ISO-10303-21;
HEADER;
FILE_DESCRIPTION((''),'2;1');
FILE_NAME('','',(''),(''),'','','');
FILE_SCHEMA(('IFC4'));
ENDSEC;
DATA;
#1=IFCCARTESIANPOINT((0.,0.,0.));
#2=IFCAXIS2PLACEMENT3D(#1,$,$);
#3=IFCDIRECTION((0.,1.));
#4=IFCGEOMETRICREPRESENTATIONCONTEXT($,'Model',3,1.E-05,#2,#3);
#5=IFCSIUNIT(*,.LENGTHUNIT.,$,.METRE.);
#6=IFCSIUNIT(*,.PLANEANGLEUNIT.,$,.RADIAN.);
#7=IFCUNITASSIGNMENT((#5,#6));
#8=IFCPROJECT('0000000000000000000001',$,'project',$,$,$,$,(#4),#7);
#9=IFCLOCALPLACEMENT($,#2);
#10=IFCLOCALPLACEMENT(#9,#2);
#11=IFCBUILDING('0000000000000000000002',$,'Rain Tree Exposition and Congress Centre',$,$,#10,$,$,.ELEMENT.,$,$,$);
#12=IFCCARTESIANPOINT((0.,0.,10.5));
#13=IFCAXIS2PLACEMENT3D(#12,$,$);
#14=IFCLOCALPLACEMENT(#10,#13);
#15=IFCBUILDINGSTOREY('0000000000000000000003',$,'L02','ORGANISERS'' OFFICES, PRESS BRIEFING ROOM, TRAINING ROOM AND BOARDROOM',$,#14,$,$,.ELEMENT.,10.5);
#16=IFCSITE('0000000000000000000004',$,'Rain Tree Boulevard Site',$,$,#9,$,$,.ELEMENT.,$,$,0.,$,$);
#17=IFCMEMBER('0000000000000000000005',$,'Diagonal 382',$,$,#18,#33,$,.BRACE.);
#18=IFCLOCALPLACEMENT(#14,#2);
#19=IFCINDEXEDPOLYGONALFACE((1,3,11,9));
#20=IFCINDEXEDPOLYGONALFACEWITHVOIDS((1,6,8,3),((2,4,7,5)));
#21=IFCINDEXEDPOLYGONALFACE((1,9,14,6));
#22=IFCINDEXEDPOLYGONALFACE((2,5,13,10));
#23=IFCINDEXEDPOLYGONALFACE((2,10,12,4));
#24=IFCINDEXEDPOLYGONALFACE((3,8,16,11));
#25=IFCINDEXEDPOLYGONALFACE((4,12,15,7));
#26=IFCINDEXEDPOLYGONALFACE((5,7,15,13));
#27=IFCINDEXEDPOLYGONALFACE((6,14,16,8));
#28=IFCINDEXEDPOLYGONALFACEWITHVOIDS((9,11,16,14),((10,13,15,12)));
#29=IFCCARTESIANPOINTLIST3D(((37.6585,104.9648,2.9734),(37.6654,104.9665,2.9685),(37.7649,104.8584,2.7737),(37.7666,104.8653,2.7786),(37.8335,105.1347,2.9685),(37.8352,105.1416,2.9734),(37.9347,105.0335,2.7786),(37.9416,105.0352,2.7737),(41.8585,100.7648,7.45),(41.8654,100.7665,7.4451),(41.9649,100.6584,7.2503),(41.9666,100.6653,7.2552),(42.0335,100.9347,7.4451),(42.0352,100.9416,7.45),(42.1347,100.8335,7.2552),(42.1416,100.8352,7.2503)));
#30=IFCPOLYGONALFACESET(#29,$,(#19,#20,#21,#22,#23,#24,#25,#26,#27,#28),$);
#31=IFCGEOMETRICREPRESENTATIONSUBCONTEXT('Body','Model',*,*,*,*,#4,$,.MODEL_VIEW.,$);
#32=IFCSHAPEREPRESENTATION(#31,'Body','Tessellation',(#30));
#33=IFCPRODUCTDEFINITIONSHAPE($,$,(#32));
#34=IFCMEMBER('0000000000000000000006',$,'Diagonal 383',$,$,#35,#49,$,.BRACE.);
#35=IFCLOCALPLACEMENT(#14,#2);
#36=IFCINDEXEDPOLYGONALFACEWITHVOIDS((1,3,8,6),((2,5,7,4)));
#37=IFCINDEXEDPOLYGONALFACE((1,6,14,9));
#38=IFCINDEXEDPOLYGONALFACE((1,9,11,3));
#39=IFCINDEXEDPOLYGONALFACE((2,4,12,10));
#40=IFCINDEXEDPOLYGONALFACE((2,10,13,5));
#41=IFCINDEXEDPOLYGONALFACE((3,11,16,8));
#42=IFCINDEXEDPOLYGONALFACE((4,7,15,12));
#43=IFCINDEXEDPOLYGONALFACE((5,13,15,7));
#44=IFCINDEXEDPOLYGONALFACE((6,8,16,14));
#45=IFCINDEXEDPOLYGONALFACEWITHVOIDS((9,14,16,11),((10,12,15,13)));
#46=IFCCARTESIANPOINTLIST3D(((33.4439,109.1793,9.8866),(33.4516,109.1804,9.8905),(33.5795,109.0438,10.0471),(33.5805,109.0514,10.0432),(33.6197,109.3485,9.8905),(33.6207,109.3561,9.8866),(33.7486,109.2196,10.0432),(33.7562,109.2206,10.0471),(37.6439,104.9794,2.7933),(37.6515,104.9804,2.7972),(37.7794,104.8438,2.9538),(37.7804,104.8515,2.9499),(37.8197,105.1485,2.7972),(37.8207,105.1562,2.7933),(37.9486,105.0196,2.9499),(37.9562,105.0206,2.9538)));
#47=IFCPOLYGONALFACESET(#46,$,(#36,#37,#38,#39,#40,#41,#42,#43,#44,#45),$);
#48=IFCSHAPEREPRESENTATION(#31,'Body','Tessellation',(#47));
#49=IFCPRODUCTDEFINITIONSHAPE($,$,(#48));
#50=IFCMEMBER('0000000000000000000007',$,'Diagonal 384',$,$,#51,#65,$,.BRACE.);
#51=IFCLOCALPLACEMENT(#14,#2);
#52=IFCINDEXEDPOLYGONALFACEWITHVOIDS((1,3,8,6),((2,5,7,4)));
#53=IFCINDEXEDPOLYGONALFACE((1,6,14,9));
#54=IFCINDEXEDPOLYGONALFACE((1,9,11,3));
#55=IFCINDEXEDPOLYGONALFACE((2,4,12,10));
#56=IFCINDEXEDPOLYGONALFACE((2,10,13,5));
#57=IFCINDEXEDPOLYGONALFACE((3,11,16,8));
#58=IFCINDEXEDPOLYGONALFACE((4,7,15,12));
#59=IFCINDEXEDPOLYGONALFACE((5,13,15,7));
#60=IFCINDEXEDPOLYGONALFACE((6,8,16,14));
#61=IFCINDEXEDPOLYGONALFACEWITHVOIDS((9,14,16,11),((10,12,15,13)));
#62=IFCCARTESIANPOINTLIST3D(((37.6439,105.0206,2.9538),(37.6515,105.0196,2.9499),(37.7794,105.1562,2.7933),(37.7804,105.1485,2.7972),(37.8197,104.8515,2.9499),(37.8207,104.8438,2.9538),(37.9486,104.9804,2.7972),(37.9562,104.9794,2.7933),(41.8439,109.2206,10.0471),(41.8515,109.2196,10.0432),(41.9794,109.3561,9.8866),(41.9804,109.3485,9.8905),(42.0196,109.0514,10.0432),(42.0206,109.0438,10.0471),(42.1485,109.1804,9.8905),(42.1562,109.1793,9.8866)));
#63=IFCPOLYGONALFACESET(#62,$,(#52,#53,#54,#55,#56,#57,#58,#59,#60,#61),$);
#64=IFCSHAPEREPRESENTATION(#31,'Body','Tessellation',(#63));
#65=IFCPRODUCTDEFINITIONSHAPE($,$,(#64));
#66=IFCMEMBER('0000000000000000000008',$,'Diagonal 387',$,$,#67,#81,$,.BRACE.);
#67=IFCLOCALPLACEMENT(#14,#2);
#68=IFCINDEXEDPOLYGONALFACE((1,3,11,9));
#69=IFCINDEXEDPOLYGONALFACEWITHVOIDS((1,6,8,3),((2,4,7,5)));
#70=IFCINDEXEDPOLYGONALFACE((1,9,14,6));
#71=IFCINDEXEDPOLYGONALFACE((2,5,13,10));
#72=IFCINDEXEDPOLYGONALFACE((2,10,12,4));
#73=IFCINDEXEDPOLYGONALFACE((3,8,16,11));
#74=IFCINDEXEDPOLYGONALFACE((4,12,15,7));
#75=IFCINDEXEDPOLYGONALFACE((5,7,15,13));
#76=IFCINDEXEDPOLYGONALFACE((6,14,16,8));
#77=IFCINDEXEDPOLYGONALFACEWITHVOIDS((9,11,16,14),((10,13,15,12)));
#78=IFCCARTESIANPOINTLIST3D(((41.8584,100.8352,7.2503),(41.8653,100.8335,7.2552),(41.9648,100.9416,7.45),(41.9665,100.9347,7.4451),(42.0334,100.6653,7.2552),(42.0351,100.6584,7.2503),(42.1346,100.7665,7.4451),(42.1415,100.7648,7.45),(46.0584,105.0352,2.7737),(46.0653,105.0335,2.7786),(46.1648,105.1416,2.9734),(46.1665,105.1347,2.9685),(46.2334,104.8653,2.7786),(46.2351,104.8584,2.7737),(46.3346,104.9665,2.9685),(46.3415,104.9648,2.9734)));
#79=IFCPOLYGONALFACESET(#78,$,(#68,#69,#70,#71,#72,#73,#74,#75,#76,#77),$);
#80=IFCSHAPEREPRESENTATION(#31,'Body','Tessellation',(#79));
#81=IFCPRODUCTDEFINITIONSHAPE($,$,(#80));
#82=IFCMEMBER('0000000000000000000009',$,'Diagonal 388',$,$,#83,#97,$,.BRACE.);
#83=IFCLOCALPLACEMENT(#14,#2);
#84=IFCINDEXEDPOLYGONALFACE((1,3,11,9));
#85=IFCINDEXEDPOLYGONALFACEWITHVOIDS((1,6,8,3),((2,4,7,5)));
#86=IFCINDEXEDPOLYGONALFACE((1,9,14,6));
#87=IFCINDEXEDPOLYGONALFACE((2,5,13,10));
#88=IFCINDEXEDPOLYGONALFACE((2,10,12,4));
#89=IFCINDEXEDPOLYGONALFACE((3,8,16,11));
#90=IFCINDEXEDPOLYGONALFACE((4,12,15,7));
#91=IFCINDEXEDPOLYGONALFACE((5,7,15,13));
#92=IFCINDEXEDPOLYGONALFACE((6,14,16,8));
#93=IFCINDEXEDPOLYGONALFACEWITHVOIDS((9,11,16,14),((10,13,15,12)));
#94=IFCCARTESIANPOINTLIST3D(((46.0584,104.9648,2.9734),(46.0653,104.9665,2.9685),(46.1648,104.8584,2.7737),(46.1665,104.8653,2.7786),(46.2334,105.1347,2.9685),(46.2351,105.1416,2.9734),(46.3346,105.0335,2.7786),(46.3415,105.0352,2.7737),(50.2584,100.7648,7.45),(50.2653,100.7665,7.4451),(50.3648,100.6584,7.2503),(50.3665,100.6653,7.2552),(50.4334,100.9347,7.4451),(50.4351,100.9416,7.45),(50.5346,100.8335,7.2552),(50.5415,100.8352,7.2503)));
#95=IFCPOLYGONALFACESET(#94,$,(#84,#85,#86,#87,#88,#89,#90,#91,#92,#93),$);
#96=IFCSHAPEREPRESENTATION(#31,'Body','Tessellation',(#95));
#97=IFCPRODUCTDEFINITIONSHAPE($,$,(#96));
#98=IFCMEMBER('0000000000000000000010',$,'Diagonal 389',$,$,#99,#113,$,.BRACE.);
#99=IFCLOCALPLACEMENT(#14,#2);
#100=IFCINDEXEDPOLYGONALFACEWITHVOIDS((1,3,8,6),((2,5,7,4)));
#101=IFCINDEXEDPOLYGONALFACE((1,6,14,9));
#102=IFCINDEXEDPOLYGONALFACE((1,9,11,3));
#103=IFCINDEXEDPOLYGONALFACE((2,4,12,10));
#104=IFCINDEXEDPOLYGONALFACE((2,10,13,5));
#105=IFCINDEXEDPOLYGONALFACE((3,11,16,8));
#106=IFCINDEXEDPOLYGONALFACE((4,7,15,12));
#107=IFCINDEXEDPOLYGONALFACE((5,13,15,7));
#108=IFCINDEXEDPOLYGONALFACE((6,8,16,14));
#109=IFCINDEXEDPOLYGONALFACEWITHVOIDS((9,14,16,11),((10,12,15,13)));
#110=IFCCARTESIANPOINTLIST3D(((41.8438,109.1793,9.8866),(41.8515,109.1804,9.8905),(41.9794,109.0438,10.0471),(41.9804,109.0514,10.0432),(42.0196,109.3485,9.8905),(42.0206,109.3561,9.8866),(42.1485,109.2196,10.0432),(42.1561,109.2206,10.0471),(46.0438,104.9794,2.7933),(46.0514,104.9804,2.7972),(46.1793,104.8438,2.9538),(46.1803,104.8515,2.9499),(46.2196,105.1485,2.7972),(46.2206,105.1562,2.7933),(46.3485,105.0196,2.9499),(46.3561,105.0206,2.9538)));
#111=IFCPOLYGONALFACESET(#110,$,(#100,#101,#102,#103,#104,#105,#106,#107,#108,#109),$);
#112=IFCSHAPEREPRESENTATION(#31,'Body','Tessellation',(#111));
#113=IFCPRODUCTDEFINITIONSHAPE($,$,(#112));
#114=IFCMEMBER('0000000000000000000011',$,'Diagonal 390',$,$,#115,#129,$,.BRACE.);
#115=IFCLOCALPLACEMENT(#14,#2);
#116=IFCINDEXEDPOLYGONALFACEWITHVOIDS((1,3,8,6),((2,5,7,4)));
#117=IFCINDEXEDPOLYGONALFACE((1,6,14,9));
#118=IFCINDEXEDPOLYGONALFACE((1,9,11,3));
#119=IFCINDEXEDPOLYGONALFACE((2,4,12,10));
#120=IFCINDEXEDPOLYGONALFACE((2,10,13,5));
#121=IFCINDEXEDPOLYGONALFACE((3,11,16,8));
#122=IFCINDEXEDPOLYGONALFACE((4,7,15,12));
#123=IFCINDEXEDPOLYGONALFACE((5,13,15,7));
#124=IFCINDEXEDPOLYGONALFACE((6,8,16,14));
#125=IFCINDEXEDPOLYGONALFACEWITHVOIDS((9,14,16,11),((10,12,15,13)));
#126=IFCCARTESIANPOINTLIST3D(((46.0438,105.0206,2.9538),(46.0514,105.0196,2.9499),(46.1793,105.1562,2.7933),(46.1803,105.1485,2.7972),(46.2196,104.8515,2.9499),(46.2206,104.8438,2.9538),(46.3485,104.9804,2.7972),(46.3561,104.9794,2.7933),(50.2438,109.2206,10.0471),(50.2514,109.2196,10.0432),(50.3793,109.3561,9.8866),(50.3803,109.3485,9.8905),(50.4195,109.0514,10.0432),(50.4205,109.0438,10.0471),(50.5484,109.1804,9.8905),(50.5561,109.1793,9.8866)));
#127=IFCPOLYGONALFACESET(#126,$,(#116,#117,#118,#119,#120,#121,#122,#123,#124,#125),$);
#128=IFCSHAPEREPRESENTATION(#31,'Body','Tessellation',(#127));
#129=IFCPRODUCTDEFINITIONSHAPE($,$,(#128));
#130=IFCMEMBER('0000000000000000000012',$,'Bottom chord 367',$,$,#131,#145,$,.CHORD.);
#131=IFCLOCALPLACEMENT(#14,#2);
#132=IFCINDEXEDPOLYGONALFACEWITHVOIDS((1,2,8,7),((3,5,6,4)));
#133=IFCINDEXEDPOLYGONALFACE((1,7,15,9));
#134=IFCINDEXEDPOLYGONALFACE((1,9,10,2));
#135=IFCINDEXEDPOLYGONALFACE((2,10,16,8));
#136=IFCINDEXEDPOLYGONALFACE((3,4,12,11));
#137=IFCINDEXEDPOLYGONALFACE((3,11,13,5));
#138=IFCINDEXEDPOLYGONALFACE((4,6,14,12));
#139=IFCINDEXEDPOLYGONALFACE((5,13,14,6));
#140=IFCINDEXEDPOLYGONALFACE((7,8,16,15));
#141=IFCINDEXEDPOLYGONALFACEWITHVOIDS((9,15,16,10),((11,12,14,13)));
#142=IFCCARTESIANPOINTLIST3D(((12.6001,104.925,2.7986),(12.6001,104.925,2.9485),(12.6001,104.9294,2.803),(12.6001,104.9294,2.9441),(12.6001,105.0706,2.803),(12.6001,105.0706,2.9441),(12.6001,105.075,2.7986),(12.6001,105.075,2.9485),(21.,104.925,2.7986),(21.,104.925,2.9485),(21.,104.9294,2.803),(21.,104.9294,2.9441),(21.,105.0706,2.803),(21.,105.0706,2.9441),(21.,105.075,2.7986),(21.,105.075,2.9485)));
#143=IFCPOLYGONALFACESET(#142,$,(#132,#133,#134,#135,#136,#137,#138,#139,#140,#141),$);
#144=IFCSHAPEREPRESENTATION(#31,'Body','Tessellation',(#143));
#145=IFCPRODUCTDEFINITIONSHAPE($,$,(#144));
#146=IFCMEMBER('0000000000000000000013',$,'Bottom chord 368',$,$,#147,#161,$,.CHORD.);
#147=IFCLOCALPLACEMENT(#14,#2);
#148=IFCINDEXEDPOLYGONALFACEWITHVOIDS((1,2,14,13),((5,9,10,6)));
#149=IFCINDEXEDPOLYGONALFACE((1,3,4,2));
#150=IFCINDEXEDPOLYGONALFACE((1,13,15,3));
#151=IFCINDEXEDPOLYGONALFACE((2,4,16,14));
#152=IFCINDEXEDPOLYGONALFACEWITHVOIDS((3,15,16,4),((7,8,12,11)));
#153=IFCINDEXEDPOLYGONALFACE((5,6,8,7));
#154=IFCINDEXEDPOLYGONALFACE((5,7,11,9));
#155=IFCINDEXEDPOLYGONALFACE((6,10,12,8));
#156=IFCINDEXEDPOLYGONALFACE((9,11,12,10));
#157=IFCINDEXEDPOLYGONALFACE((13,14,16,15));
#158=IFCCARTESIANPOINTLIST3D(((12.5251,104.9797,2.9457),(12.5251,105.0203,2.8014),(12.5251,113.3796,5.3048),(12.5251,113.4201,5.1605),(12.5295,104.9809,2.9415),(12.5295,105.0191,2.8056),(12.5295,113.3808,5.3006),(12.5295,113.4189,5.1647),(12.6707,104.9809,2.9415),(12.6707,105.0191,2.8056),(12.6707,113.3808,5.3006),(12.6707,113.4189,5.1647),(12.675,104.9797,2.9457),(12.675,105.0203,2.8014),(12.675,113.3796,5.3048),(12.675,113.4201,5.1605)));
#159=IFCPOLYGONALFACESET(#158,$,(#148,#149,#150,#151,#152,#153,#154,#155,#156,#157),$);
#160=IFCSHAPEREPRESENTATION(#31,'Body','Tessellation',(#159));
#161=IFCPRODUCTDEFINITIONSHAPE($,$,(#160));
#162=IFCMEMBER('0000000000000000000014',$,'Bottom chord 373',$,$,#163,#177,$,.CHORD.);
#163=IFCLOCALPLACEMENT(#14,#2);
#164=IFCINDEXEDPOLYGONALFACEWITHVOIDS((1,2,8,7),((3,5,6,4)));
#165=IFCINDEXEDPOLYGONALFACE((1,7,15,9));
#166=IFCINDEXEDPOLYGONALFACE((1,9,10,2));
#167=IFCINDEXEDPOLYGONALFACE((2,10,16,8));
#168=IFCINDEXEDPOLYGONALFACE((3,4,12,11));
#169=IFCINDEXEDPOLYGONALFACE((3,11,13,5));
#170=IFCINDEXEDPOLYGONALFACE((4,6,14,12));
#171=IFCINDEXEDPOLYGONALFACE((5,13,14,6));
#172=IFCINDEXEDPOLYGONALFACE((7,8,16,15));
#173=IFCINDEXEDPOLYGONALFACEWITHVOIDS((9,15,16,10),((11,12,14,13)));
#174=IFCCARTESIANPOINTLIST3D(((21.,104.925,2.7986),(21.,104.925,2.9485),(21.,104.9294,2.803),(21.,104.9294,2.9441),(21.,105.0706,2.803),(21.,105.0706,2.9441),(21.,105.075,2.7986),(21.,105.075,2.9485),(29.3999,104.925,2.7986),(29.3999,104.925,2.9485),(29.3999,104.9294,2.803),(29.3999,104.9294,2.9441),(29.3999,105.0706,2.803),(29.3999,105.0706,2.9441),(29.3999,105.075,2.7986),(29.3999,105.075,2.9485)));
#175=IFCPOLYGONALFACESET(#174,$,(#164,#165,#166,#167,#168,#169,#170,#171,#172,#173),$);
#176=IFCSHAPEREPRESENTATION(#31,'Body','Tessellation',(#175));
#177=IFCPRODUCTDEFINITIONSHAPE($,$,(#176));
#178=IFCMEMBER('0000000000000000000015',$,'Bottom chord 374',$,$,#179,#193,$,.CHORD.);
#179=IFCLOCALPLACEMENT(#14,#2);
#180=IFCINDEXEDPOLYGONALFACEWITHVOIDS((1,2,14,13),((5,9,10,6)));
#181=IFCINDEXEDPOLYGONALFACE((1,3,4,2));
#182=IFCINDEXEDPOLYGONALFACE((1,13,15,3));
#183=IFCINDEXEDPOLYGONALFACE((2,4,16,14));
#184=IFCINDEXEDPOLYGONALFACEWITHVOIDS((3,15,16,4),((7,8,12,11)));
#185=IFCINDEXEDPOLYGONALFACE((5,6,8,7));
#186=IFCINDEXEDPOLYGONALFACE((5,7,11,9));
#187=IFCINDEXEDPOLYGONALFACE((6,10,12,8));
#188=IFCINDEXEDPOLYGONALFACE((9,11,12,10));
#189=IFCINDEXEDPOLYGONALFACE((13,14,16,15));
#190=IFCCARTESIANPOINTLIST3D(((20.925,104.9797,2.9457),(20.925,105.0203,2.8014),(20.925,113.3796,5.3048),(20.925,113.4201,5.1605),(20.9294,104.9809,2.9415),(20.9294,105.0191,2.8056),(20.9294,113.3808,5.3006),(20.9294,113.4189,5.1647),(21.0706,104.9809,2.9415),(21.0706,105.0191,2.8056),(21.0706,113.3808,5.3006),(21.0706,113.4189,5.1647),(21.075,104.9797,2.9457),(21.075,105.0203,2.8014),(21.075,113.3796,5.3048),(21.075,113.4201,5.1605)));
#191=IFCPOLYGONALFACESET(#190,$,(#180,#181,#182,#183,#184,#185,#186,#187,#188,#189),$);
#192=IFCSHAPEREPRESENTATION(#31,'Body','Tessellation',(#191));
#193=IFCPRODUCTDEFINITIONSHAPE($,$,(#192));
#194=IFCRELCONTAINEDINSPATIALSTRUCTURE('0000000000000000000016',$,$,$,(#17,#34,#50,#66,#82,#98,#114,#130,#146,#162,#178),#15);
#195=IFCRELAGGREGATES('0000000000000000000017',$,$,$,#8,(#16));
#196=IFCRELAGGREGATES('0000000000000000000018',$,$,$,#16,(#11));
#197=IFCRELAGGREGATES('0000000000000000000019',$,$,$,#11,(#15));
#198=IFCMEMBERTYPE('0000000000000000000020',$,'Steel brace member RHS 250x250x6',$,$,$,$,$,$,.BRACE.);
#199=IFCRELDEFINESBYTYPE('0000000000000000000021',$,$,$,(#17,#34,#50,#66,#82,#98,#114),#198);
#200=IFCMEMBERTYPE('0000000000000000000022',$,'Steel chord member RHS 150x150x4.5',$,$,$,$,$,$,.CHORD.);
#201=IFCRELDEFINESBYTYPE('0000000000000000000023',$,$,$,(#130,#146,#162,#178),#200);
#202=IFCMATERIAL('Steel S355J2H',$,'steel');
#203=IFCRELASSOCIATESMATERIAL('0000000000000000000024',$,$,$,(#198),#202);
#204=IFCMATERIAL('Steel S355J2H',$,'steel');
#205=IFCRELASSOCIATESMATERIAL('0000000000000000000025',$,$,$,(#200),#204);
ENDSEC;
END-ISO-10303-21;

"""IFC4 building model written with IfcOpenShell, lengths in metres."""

from ifc_helpers import new_model, si_unit, direction, frame, origin, origin_2d, place, context, subcontext, project, spatial, hollow_rectangle, extrude, material, material_profile, profile_set, type_object, element, save


model = new_model("IFC4")

# Units and contexts
model_context = context("Model", 3, precision=1e-05, world=origin(), true_north=direction((0.0, 1.0)))
body_context = subcontext(model_context, "Body", "Model", "MODEL_VIEW")
ifc_project = project(units=[si_unit("LENGTHUNIT", "METRE"), si_unit("PLANEANGLEUNIT", "RADIAN")], contexts=[model_context])

# Site, building, storey
site_placement = place(None, origin())
site = spatial("IfcSite", under=ifc_project, at=site_placement, Name="Rain Tree Boulevard Site", CompositionType="ELEMENT", RefElevation=0.0)
building_placement = place(site_placement, origin())
building = spatial("IfcBuilding", under=site, at=building_placement, Name="Rain Tree Exposition and Congress Centre", CompositionType="ELEMENT")
storey_placement = place(building_placement, frame((0.0, 0.0, 10.5)))
storey = spatial("IfcBuildingStorey", under=building, at=storey_placement, Name="L02", Description="ORGANISERS' OFFICES, PRESS BRIEFING ROOM, TRAINING ROOM AND BOARDROOM", CompositionType="ELEMENT", Elevation=10.5)

# Members
ifc_material_1 = material(Name="Steel S355J2H", Category="steel")
ifc_material_profile_1 = material_profile(ifc_material_1, hollow_rectangle(XDim=0.25, YDim=0.25, WallThickness=0.0061, at=origin_2d()), Name="RHS 250x250x6")
ifc_profile_set_1 = profile_set([ifc_material_profile_1], Name="Steel S355J2H")
member_type_1 = type_object("IfcMemberType", Name="Steel brace member RHS 250x250x6", PredefinedType="BRACE", material=ifc_profile_set_1)
for number, where, z_axis, x_axis, name in (
    (1, (37.8, 105.0, 2.8735), (0.564687, -0.564687, 0.601878), (0.707107, 0.707107, 0.0), "Diagonal 382"),
):
    element("IfcMember", number, at=place(storey_placement, frame(where, z_axis=z_axis, x_axis=x_axis)), inside=storey, type_object=member_type_1, Name=name, PredefinedType="BRACE", context=body_context, shape_type="SweptSolid", body=[
        extrude(hollow_rectangle(XDim=0.25, YDim=0.25, WallThickness=0.0061, at=origin_2d()), origin(), (0.0, 0.0, 1.0), 7.4377),
    ])
for number, where, z_axis, x_axis, name in (
    (2, (37.8, 105.0, 2.8735), (-0.453966, 0.453966, 0.7667), (-0.707107, -0.707107, 0.0), "Diagonal 383"),
    (3, (37.8, 105.0, 2.8735), (0.453966, 0.453966, 0.7667), (-0.707107, 0.707107, 0.0), "Diagonal 384"),
):
    element("IfcMember", number, at=place(storey_placement, frame(where, z_axis=z_axis, x_axis=x_axis)), inside=storey, type_object=member_type_1, Name=name, PredefinedType="BRACE", context=body_context, shape_type="SweptSolid", body=[
        extrude(hollow_rectangle(XDim=0.25, YDim=0.25, WallThickness=0.0061, at=origin_2d()), origin(), (0.0, 0.0, 1.0), 9.2517),
    ])
for number, where, z_axis, x_axis, name in (
    (4, (46.2, 105.0, 2.8735), (-0.564687, -0.564687, 0.601878), (0.707107, -0.707107, 0.0), "Diagonal 387"),
    (5, (46.2, 105.0, 2.8735), (0.564687, -0.564687, 0.601878), (0.707107, 0.707107, 0.0), "Diagonal 388"),
):
    element("IfcMember", number, at=place(storey_placement, frame(where, z_axis=z_axis, x_axis=x_axis)), inside=storey, type_object=member_type_1, Name=name, PredefinedType="BRACE", context=body_context, shape_type="SweptSolid", body=[
        extrude(hollow_rectangle(XDim=0.25, YDim=0.25, WallThickness=0.0061, at=origin_2d()), origin(), (0.0, 0.0, 1.0), 7.4377),
    ])
for number, where, z_axis, x_axis, name in (
    (6, (46.2, 105.0, 2.8735), (-0.453966, 0.453966, 0.7667), (-0.707107, -0.707107, 0.0), "Diagonal 389"),
    (7, (46.2, 105.0, 2.8735), (0.453966, 0.453966, 0.7667), (-0.707107, 0.707107, 0.0), "Diagonal 390"),
):
    element("IfcMember", number, at=place(storey_placement, frame(where, z_axis=z_axis, x_axis=x_axis)), inside=storey, type_object=member_type_1, Name=name, PredefinedType="BRACE", context=body_context, shape_type="SweptSolid", body=[
        extrude(hollow_rectangle(XDim=0.25, YDim=0.25, WallThickness=0.0061, at=origin_2d()), origin(), (0.0, 0.0, 1.0), 9.2517),
    ])
ifc_material_2 = material(Name="Steel S355J2H", Category="steel")
ifc_material_profile_2 = material_profile(ifc_material_2, hollow_rectangle(XDim=0.1499, YDim=0.1499, WallThickness=0.0044, at=origin_2d()), Name="RHS 150x150x4.5")
ifc_profile_set_2 = profile_set([ifc_material_profile_2], Name="Steel S355J2H")
member_type_2 = type_object("IfcMemberType", Name="Steel chord member RHS 150x150x4.5", PredefinedType="CHORD", material=ifc_profile_set_2)
member_1_placement = place(storey_placement, frame((12.6001, 105.0, 2.8735), z_axis=(1.0, 0.0, 0.0), x_axis=(0.0, 1.0, 0.0)))
element("IfcMember", 8, at=member_1_placement, inside=storey, type_object=member_type_2, Name="Bottom chord 367", PredefinedType="CHORD", context=body_context, shape_type="SweptSolid", body=[
    extrude(hollow_rectangle(XDim=0.1499, YDim=0.1499, WallThickness=0.0044, at=origin_2d()), origin(), (0.0, 0.0, 1.0), 8.3999),
])
member_2_placement = place(storey_placement, frame((12.6001, 105.0, 2.8735), z_axis=(0.0, 0.962751, 0.270391), x_axis=(-1.0, 0.0, 0.0)))
element("IfcMember", 9, at=member_2_placement, inside=storey, type_object=member_type_2, Name="Bottom chord 368", PredefinedType="CHORD", context=body_context, shape_type="SweptSolid", body=[
    extrude(hollow_rectangle(XDim=0.1499, YDim=0.1499, WallThickness=0.0044, at=origin_2d()), origin(), (0.0, 0.0, 1.0), 8.7249),
])
member_3_placement = place(storey_placement, frame((21.0, 105.0, 2.8735), z_axis=(1.0, 0.0, 0.0), x_axis=(0.0, 1.0, 0.0)))
element("IfcMember", 10, at=member_3_placement, inside=storey, type_object=member_type_2, Name="Bottom chord 373", PredefinedType="CHORD", context=body_context, shape_type="SweptSolid", body=[
    extrude(hollow_rectangle(XDim=0.1499, YDim=0.1499, WallThickness=0.0044, at=origin_2d()), origin(), (0.0, 0.0, 1.0), 8.3999),
])
member_4_placement = place(storey_placement, frame((21.0, 105.0, 2.8735), z_axis=(0.0, 0.962751, 0.270391), x_axis=(-1.0, 0.0, 0.0)))
element("IfcMember", 11, at=member_4_placement, inside=storey, type_object=member_type_2, Name="Bottom chord 374", PredefinedType="CHORD", context=body_context, shape_type="SweptSolid", body=[
    extrude(hollow_rectangle(XDim=0.1499, YDim=0.1499, WallThickness=0.0044, at=origin_2d()), origin(), (0.0, 0.0, 1.0), 8.7249),
])

save(model, "model.ifc")
